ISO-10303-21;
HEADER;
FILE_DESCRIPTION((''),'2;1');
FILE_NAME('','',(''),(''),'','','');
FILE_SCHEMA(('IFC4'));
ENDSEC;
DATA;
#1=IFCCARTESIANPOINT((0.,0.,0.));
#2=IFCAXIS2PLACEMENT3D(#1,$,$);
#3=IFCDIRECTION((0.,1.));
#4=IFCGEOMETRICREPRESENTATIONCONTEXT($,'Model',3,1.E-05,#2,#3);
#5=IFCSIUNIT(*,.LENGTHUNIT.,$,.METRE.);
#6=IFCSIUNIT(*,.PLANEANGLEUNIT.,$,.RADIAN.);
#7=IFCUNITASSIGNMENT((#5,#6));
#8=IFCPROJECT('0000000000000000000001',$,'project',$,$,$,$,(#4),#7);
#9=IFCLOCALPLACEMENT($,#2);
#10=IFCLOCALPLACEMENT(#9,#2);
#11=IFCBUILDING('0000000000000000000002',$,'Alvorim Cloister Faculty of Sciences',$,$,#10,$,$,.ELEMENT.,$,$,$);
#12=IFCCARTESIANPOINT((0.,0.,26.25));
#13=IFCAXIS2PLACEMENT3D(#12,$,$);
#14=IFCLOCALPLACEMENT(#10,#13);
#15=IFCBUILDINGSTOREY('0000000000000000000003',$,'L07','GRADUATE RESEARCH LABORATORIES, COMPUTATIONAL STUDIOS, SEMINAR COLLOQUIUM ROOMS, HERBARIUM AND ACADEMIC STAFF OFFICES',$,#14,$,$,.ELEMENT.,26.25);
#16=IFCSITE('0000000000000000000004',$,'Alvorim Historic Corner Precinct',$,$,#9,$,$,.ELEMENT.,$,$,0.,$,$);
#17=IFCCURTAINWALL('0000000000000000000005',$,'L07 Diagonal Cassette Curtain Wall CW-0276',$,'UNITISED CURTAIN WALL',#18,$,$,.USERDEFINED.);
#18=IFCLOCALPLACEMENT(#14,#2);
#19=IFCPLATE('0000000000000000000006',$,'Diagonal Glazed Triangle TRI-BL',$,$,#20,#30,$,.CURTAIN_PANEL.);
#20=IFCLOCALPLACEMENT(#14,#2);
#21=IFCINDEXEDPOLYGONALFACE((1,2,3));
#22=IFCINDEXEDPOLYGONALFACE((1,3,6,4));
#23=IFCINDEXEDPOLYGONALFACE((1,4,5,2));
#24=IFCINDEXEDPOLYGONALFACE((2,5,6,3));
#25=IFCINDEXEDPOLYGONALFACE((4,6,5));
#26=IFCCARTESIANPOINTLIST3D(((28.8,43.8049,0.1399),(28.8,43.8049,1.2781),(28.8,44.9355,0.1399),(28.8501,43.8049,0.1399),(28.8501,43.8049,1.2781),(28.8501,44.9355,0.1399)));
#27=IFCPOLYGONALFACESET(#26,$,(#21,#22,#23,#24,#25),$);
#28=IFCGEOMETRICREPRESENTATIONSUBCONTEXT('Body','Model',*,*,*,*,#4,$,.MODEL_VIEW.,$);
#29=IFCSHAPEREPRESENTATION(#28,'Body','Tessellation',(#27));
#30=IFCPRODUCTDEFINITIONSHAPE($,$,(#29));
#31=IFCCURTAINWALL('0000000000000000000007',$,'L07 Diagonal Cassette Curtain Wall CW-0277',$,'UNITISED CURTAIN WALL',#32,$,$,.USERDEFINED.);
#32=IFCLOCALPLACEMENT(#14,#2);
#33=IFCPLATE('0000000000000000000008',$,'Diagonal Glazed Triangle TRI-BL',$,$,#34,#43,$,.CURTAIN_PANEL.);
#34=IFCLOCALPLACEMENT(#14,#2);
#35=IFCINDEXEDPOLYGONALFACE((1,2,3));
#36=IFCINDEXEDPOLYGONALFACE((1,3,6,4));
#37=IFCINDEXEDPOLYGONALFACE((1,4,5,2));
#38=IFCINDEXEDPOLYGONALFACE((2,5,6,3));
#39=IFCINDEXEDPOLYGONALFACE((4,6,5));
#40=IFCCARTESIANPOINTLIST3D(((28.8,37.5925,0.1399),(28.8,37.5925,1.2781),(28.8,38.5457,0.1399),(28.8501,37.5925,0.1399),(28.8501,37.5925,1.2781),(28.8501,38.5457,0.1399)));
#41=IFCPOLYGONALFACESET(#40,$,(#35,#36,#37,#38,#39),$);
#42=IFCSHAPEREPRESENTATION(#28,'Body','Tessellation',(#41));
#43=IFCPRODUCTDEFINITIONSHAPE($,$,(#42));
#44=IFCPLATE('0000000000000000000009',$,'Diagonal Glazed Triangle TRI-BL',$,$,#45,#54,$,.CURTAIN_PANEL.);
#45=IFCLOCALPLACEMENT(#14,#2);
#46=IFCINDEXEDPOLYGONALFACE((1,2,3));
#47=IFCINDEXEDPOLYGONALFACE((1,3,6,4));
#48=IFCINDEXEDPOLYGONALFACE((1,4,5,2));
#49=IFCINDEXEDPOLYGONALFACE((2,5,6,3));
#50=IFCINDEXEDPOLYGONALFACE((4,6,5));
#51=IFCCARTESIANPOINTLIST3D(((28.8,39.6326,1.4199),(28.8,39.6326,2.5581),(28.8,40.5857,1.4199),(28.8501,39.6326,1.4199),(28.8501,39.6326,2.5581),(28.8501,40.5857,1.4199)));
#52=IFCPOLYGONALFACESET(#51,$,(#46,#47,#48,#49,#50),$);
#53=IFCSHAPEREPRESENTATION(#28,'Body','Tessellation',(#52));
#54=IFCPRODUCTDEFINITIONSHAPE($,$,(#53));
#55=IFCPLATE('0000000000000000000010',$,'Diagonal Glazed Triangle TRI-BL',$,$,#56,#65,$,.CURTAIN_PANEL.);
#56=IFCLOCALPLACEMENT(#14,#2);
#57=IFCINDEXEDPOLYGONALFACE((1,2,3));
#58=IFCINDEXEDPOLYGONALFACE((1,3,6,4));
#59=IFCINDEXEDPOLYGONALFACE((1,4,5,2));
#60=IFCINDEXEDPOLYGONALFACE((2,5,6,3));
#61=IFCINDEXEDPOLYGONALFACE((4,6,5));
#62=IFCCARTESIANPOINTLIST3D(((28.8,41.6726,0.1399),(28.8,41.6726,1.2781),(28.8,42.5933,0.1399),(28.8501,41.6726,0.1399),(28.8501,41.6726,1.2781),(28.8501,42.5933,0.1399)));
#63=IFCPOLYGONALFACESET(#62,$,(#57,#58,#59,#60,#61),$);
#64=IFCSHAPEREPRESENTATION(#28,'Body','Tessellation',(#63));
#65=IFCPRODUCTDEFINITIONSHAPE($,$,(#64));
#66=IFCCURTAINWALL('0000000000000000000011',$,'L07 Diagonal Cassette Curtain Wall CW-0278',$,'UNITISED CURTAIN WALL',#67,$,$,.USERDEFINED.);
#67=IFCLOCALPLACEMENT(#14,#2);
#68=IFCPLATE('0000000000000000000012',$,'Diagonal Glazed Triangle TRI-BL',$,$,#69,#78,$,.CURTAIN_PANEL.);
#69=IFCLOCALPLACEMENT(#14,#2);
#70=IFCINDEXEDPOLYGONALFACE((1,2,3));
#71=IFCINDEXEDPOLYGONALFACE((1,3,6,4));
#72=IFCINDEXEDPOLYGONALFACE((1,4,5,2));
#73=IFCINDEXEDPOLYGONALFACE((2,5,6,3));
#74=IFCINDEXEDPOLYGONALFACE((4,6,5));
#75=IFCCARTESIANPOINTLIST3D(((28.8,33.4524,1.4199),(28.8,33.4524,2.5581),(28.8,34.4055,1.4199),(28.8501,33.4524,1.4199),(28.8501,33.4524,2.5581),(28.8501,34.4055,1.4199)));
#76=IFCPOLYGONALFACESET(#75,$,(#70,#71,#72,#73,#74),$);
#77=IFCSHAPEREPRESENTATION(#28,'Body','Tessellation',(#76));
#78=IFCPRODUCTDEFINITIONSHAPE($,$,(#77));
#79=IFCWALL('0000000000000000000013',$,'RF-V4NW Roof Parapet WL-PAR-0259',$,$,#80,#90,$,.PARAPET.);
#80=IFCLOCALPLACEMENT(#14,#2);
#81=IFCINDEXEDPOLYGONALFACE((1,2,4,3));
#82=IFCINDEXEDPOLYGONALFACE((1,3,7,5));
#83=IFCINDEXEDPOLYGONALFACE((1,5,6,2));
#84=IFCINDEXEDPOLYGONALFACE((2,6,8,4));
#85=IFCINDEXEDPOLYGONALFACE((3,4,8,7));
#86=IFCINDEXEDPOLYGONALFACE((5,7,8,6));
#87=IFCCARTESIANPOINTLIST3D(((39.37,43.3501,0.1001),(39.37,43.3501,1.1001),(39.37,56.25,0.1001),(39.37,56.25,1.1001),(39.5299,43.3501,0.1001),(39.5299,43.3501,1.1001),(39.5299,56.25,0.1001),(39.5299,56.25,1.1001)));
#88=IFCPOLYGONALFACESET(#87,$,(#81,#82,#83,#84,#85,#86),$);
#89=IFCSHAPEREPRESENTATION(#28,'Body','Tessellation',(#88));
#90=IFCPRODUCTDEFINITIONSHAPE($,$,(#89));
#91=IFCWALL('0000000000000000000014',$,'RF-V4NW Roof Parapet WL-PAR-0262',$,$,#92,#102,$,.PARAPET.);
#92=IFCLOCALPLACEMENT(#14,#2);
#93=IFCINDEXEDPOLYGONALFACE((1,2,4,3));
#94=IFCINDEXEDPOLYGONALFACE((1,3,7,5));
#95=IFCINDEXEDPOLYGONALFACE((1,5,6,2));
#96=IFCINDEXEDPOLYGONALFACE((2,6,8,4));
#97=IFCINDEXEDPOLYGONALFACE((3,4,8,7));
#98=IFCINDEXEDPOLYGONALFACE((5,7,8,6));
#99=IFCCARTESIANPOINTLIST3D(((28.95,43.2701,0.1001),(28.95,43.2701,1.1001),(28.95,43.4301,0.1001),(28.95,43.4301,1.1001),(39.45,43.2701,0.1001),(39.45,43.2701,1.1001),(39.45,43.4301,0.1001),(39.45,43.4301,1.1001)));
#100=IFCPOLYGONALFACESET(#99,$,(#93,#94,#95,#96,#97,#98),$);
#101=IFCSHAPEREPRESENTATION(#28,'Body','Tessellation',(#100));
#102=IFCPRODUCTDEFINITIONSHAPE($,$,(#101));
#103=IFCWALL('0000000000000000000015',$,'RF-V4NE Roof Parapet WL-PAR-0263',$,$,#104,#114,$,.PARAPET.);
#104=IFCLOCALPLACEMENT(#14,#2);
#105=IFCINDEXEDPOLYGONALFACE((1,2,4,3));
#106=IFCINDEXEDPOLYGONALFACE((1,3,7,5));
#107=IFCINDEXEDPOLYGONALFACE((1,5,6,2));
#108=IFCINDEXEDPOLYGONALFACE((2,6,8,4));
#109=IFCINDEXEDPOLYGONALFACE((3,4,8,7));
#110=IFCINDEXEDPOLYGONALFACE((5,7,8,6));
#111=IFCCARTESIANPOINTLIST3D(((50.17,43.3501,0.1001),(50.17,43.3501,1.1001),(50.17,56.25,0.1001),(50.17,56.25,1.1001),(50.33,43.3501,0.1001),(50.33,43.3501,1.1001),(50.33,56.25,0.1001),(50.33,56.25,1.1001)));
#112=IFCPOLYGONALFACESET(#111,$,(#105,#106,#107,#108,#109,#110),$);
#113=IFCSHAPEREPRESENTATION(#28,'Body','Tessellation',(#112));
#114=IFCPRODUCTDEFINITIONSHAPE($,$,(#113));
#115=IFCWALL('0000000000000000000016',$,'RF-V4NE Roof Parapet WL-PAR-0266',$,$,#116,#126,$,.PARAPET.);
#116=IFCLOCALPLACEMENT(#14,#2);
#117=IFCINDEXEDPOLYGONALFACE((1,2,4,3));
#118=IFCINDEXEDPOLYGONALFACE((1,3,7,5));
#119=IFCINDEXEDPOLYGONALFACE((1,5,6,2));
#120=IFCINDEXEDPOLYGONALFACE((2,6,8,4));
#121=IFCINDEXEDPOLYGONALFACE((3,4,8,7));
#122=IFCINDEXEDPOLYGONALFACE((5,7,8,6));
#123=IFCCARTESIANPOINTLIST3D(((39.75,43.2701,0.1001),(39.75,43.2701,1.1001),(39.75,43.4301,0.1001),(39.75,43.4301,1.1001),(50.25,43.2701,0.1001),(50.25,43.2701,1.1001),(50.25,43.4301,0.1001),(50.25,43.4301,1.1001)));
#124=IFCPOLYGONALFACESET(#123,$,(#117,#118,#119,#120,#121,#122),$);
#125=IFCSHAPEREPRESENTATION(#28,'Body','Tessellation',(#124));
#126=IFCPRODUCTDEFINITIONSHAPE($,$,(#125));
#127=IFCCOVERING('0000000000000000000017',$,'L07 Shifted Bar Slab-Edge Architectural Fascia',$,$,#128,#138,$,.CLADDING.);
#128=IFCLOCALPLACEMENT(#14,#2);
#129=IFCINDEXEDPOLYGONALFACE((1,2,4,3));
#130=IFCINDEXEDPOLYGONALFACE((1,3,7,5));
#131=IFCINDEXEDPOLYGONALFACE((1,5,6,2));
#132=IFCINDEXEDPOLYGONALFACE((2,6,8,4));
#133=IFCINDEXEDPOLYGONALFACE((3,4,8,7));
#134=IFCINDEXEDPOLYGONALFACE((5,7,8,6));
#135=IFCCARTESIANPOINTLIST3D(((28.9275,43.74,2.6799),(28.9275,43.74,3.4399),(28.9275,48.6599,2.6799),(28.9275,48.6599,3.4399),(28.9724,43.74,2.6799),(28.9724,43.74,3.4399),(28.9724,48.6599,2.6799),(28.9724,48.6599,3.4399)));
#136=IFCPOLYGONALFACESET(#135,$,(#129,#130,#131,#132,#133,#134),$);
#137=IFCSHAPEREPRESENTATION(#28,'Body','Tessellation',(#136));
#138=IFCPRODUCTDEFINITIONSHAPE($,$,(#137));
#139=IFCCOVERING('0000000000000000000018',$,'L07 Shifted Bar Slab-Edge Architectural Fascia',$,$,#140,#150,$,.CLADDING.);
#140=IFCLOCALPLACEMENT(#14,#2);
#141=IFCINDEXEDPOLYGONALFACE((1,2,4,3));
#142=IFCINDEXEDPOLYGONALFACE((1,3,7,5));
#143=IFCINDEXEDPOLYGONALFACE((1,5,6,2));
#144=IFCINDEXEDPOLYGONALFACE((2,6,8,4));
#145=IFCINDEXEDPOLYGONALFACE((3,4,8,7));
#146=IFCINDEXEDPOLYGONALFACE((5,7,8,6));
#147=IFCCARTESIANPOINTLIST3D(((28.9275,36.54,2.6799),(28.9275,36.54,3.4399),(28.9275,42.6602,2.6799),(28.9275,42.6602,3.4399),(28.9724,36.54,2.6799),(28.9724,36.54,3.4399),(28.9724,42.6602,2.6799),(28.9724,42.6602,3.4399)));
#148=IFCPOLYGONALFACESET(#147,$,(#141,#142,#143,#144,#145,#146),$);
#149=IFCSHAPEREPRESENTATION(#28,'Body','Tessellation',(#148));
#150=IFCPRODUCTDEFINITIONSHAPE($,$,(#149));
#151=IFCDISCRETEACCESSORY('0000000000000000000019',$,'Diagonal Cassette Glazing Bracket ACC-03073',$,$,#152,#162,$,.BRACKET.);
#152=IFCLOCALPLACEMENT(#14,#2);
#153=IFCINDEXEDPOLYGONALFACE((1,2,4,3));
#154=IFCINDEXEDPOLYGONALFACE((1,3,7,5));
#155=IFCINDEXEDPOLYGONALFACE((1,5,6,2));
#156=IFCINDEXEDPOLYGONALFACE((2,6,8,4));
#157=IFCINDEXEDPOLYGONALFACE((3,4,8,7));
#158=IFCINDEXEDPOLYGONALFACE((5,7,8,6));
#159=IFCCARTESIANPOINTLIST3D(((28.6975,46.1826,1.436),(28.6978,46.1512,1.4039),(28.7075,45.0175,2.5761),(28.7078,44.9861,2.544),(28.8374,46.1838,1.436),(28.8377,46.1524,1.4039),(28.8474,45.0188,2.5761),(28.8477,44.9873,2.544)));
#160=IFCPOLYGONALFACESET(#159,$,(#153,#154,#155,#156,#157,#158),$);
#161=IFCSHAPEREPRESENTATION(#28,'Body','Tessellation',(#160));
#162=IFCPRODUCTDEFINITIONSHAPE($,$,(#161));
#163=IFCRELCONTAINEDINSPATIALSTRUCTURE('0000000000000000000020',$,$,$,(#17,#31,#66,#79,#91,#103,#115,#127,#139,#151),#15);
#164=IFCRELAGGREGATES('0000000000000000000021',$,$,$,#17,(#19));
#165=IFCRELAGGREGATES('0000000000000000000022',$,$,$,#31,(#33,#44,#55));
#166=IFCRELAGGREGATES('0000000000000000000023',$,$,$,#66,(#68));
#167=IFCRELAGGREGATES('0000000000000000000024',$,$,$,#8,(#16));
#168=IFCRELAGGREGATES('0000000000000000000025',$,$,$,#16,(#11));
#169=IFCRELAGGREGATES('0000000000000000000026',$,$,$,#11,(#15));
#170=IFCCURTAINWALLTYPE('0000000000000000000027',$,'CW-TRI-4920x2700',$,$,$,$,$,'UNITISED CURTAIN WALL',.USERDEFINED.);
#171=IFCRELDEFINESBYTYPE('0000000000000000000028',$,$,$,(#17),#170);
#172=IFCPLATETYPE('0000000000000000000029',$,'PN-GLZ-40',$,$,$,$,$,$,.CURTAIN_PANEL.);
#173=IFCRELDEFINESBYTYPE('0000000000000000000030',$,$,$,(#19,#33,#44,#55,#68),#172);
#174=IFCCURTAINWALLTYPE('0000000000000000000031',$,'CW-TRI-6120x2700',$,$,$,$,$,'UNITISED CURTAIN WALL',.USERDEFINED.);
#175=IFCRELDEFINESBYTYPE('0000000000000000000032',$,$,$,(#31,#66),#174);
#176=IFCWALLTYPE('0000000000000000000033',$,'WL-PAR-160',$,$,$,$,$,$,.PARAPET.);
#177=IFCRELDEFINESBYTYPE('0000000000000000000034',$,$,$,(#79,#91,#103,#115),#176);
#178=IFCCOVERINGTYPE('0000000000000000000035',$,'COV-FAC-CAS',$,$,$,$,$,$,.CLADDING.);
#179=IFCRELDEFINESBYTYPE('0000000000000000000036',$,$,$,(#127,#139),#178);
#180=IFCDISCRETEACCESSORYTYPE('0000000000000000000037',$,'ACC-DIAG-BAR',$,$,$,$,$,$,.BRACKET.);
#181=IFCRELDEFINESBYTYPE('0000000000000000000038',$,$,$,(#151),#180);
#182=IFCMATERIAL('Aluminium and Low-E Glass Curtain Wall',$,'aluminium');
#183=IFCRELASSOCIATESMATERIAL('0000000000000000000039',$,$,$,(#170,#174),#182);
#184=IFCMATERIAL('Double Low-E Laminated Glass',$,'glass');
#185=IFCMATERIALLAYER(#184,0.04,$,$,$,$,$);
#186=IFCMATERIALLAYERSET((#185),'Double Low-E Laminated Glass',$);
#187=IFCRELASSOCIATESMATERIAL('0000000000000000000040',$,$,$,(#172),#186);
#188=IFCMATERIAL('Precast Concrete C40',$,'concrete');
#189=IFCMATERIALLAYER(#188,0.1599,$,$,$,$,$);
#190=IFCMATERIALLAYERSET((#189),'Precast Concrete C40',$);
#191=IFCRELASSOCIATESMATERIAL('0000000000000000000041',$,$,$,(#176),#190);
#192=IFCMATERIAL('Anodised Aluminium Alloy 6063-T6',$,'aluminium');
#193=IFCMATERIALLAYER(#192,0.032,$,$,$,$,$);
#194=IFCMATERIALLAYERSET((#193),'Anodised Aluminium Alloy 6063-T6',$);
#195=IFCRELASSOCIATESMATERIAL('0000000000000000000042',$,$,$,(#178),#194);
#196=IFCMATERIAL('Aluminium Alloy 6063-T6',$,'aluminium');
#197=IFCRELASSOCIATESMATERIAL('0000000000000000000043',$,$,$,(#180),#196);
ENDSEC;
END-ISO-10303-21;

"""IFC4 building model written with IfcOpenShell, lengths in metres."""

from ifc_helpers import new_model, si_unit, direction, frame, frame_2d, origin, origin_2d, place, context, subcontext, project, spatial, polyline, rectangle, outline, extrude, material, layer, layer_set, type_object, element, aggregate, save


model = new_model("IFC4")

# Units and contexts
model_context = context("Model", 3, precision=1e-05, world=origin(), true_north=direction((0.0, 1.0)))
body_context = subcontext(model_context, "Body", "Model", "MODEL_VIEW")
ifc_project = project(units=[si_unit("LENGTHUNIT", "METRE"), si_unit("PLANEANGLEUNIT", "RADIAN")], contexts=[model_context])

# Site, building, storey
site_placement = place(None, origin())
site = spatial("IfcSite", under=ifc_project, at=site_placement, Name="Alvorim Historic Corner Precinct", CompositionType="ELEMENT", RefElevation=0.0)
building_placement = place(site_placement, origin())
building = spatial("IfcBuilding", under=site, at=building_placement, Name="Alvorim Cloister Faculty of Sciences", CompositionType="ELEMENT")
storey_placement = place(building_placement, frame((0.0, 0.0, 26.25)))
storey = spatial("IfcBuildingStorey", under=building, at=storey_placement, Name="L07", Description="GRADUATE RESEARCH LABORATORIES, COMPUTATIONAL STUDIOS, SEMINAR COLLOQUIUM ROOMS, HERBARIUM AND ACADEMIC STAFF OFFICES", CompositionType="ELEMENT", Elevation=26.25)

# Curtain walls, plates
ifc_material_1 = material(Name="Aluminium and Low-E Glass Curtain Wall", Category="aluminium")
curtain_wall_type_1 = type_object("IfcCurtainWallType", Name="CW-TRI-4920x2700", ElementType="UNITISED CURTAIN WALL", PredefinedType="USERDEFINED", material=ifc_material_1)
curtain_wall_1_placement = place(storey_placement, origin())
curtain_wall_1 = element("IfcCurtainWall", 1, at=curtain_wall_1_placement, inside=storey, type_object=curtain_wall_type_1, Name="L07 Diagonal Cassette Curtain Wall CW-0276", ObjectType="UNITISED CURTAIN WALL", PredefinedType="USERDEFINED")
ifc_material_2 = material(Name="Double Low-E Laminated Glass", Category="glass")
ifc_layer_1 = layer(ifc_material_2, 0.04)
ifc_layer_set_1 = layer_set([ifc_layer_1], Name="Double Low-E Laminated Glass")
plate_type_1 = type_object("IfcPlateType", Name="PN-GLZ-40", PredefinedType="CURTAIN_PANEL", material=ifc_layer_set_1)
plate_1_placement = place(storey_placement, frame((28.825, 43.8049, 0.1399), z_axis=(0.0, 0.0, 1.0), x_axis=(0.0, 1.0, 0.0)))
plate_1 = element("IfcPlate", 2, at=plate_1_placement, type_object=plate_type_1, Name="Diagonal Glazed Triangle TRI-BL", PredefinedType="CURTAIN_PANEL", context=body_context, shape_type="SweptSolid", body=[
    extrude(outline(polyline([(0.0, 0.0), (1.1306, 0.0), (0.0, 1.1382), (0.0, 0.0)])), frame((0.0, 0.0249, 0.0), z_axis=(0.0, -1.0, 0.0), x_axis=(1.0, 0.0, 0.0)), (0.0, 0.0, 1.0), 0.05),
])
aggregate(curtain_wall_1, [plate_1])
curtain_wall_type_2 = type_object("IfcCurtainWallType", Name="CW-TRI-6120x2700", ElementType="UNITISED CURTAIN WALL", PredefinedType="USERDEFINED", material=ifc_material_1)
curtain_wall_2_placement = place(storey_placement, origin())
curtain_wall_2 = element("IfcCurtainWall", 3, at=curtain_wall_2_placement, inside=storey, type_object=curtain_wall_type_2, Name="L07 Diagonal Cassette Curtain Wall CW-0277", ObjectType="UNITISED CURTAIN WALL", PredefinedType="USERDEFINED")
plate_2_placement = place(storey_placement, frame((28.825, 37.5925, 0.1399), z_axis=(0.0, 0.0, 1.0), x_axis=(0.0, 1.0, 0.0)))
plate_2 = element("IfcPlate", 4, at=plate_2_placement, type_object=plate_type_1, Name="Diagonal Glazed Triangle TRI-BL", PredefinedType="CURTAIN_PANEL", context=body_context, shape_type="SweptSolid", body=[
    extrude(outline(polyline([(0.0, 0.0), (0.9531, 0.0), (0.0, 1.1382), (0.0, 0.0)])), frame((0.0, 0.0249, 0.0), z_axis=(0.0, -1.0, 0.0), x_axis=(1.0, 0.0, 0.0)), (0.0, 0.0, 1.0), 0.05),
])
plate_3_placement = place(storey_placement, frame((28.825, 39.6326, 1.4199), z_axis=(0.0, 0.0, 1.0), x_axis=(0.0, 1.0, 0.0)))
plate_3 = element("IfcPlate", 5, at=plate_3_placement, type_object=plate_type_1, Name="Diagonal Glazed Triangle TRI-BL", PredefinedType="CURTAIN_PANEL", context=body_context, shape_type="SweptSolid", body=[
    extrude(outline(polyline([(0.0, 0.0), (0.9531, 0.0), (0.0, 1.1382), (0.0, 0.0)])), frame((0.0, 0.0249, 0.0), z_axis=(0.0, -1.0, 0.0), x_axis=(1.0, 0.0, 0.0)), (0.0, 0.0, 1.0), 0.05),
])
plate_4_placement = place(storey_placement, frame((28.825, 41.6726, 0.1399), z_axis=(0.0, 0.0, 1.0), x_axis=(0.0, 1.0, 0.0)))
plate_4 = element("IfcPlate", 6, at=plate_4_placement, type_object=plate_type_1, Name="Diagonal Glazed Triangle TRI-BL", PredefinedType="CURTAIN_PANEL", context=body_context, shape_type="SweptSolid", body=[
    extrude(outline(polyline([(0.0, 0.0), (0.9207, 0.0), (0.0, 1.1382), (0.0, 0.0)])), frame((0.0, 0.0249, 0.0), z_axis=(0.0, -1.0, 0.0), x_axis=(1.0, 0.0, 0.0)), (0.0, 0.0, 1.0), 0.05),
])
aggregate(curtain_wall_2, [plate_2, plate_3, plate_4])
curtain_wall_3_placement = place(storey_placement, origin())
curtain_wall_3 = element("IfcCurtainWall", 7, at=curtain_wall_3_placement, inside=storey, type_object=curtain_wall_type_2, Name="L07 Diagonal Cassette Curtain Wall CW-0278", ObjectType="UNITISED CURTAIN WALL", PredefinedType="USERDEFINED")
plate_5_placement = place(storey_placement, frame((28.825, 33.4524, 1.4199), z_axis=(0.0, 0.0, 1.0), x_axis=(0.0, 1.0, 0.0)))
plate_5 = element("IfcPlate", 8, at=plate_5_placement, type_object=plate_type_1, Name="Diagonal Glazed Triangle TRI-BL", PredefinedType="CURTAIN_PANEL", context=body_context, shape_type="SweptSolid", body=[
    extrude(outline(polyline([(0.0, 0.0), (0.9531, 0.0), (0.0, 1.1382), (0.0, 0.0)])), frame((0.0, 0.0249, 0.0), z_axis=(0.0, -1.0, 0.0), x_axis=(1.0, 0.0, 0.0)), (0.0, 0.0, 1.0), 0.05),
])
aggregate(curtain_wall_3, [plate_5])

# Walls
ifc_material_3 = material(Name="Precast Concrete C40", Category="concrete")
ifc_layer_2 = layer(ifc_material_3, 0.1599)
ifc_layer_set_2 = layer_set([ifc_layer_2], Name="Precast Concrete C40")
wall_type = type_object("IfcWallType", Name="WL-PAR-160", PredefinedType="PARAPET", material=ifc_layer_set_2)
wall_1_placement = place(storey_placement, frame((39.45, 43.3501, 0.1001), z_axis=(0.0, 0.0, 1.0), x_axis=(0.0, 1.0, 0.0)))
element("IfcWall", 9, at=wall_1_placement, inside=storey, type_object=wall_type, Name="RF-V4NW Roof Parapet WL-PAR-0259", PredefinedType="PARAPET", context=body_context, shape_type="SweptSolid", body=[
    extrude(rectangle(XDim=12.8999, YDim=0.1599, at=frame_2d((6.45, 0.0))), origin(), (0.0, 0.0, 1.0), 1.0),
])
wall_2_placement = place(storey_placement, frame((28.95, 43.3501, 0.1001), z_axis=(0.0, 0.0, 1.0), x_axis=(1.0, 0.0, 0.0)))
element("IfcWall", 10, at=wall_2_placement, inside=storey, type_object=wall_type, Name="RF-V4NW Roof Parapet WL-PAR-0262", PredefinedType="PARAPET", context=body_context, shape_type="SweptSolid", body=[
    extrude(rectangle(XDim=10.5, YDim=0.1599, at=frame_2d((5.25, 0.0))), origin(), (0.0, 0.0, 1.0), 1.0),
])
wall_3_placement = place(storey_placement, frame((50.25, 43.3501, 0.1001), z_axis=(0.0, 0.0, 1.0), x_axis=(0.0, 1.0, 0.0)))
element("IfcWall", 11, at=wall_3_placement, inside=storey, type_object=wall_type, Name="RF-V4NE Roof Parapet WL-PAR-0263", PredefinedType="PARAPET", context=body_context, shape_type="SweptSolid", body=[
    extrude(rectangle(XDim=12.8999, YDim=0.1599, at=frame_2d((6.45, 0.0))), origin(), (0.0, 0.0, 1.0), 1.0),
])
wall_4_placement = place(storey_placement, frame((39.75, 43.3501, 0.1001), z_axis=(0.0, 0.0, 1.0), x_axis=(1.0, 0.0, 0.0)))
element("IfcWall", 12, at=wall_4_placement, inside=storey, type_object=wall_type, Name="RF-V4NE Roof Parapet WL-PAR-0266", PredefinedType="PARAPET", context=body_context, shape_type="SweptSolid", body=[
    extrude(rectangle(XDim=10.5, YDim=0.1599, at=frame_2d((5.25, 0.0))), origin(), (0.0, 0.0, 1.0), 1.0),
])

# Coverings
ifc_material_4 = material(Name="Anodised Aluminium Alloy 6063-T6", Category="aluminium")
ifc_layer_3 = layer(ifc_material_4, 0.032)
ifc_layer_set_3 = layer_set([ifc_layer_3], Name="Anodised Aluminium Alloy 6063-T6")
covering_type = type_object("IfcCoveringType", Name="COV-FAC-CAS", PredefinedType="CLADDING", material=ifc_layer_set_3)
covering_1_placement = place(storey_placement, frame((28.95, 43.74, 2.6799), z_axis=(0.0, 0.0, 1.0), x_axis=(0.0, 1.0, 0.0)))
element("IfcCovering", 13, at=covering_1_placement, inside=storey, type_object=covering_type, Name="L07 Shifted Bar Slab-Edge Architectural Fascia", PredefinedType="CLADDING", context=body_context, shape_type="SweptSolid", body=[
    extrude(outline(polyline([(0.0, 0.0), (4.9199, 0.0), (4.9199, 0.76), (0.0, 0.76), (0.0, 0.0)])), frame((0.0, 0.0225, 0.0), z_axis=(0.0, -1.0, 0.0), x_axis=(1.0, 0.0, 0.0)), (0.0, 0.0, 1.0), 0.0449),
])
covering_2_placement = place(storey_placement, frame((28.95, 36.54, 2.6799), z_axis=(0.0, 0.0, 1.0), x_axis=(0.0, 1.0, 0.0)))
element("IfcCovering", 14, at=covering_2_placement, inside=storey, type_object=covering_type, Name="L07 Shifted Bar Slab-Edge Architectural Fascia", PredefinedType="CLADDING", context=body_context, shape_type="SweptSolid", body=[
    extrude(outline(polyline([(0.0, 0.0), (6.1201, 0.0), (6.1201, 0.76), (0.0, 0.76), (0.0, 0.0)])), frame((0.0, 0.0225, 0.0), z_axis=(0.0, -1.0, 0.0), x_axis=(1.0, 0.0, 0.0)), (0.0, 0.0, 1.0), 0.0449),
])

# Discrete accessory
ifc_material_5 = material(Name="Aluminium Alloy 6063-T6", Category="aluminium")
discrete_accessory_type = type_object("IfcDiscreteAccessoryType", Name="ACC-DIAG-BAR", PredefinedType="BRACKET", material=ifc_material_5)
discrete_accessory_placement = place(storey_placement, frame((28.7776, 45.0024, 2.5601), z_axis=(-0.00614, 0.71469, -0.699414), x_axis=(-0.999963, -0.008591, 0.0)))
element("IfcDiscreteAccessory", 15, at=discrete_accessory_placement, inside=storey, type_object=discrete_accessory_type, Name="Diagonal Cassette Glazing Bracket ACC-03073", PredefinedType="BRACKET", context=body_context, shape_type="SweptSolid", body=[
    extrude(rectangle(XDim=0.1399, YDim=0.0449, at=origin_2d()), origin(), (0.0, 0.0, 1.0), 1.6301),
])

save(model, "model.ifc")
